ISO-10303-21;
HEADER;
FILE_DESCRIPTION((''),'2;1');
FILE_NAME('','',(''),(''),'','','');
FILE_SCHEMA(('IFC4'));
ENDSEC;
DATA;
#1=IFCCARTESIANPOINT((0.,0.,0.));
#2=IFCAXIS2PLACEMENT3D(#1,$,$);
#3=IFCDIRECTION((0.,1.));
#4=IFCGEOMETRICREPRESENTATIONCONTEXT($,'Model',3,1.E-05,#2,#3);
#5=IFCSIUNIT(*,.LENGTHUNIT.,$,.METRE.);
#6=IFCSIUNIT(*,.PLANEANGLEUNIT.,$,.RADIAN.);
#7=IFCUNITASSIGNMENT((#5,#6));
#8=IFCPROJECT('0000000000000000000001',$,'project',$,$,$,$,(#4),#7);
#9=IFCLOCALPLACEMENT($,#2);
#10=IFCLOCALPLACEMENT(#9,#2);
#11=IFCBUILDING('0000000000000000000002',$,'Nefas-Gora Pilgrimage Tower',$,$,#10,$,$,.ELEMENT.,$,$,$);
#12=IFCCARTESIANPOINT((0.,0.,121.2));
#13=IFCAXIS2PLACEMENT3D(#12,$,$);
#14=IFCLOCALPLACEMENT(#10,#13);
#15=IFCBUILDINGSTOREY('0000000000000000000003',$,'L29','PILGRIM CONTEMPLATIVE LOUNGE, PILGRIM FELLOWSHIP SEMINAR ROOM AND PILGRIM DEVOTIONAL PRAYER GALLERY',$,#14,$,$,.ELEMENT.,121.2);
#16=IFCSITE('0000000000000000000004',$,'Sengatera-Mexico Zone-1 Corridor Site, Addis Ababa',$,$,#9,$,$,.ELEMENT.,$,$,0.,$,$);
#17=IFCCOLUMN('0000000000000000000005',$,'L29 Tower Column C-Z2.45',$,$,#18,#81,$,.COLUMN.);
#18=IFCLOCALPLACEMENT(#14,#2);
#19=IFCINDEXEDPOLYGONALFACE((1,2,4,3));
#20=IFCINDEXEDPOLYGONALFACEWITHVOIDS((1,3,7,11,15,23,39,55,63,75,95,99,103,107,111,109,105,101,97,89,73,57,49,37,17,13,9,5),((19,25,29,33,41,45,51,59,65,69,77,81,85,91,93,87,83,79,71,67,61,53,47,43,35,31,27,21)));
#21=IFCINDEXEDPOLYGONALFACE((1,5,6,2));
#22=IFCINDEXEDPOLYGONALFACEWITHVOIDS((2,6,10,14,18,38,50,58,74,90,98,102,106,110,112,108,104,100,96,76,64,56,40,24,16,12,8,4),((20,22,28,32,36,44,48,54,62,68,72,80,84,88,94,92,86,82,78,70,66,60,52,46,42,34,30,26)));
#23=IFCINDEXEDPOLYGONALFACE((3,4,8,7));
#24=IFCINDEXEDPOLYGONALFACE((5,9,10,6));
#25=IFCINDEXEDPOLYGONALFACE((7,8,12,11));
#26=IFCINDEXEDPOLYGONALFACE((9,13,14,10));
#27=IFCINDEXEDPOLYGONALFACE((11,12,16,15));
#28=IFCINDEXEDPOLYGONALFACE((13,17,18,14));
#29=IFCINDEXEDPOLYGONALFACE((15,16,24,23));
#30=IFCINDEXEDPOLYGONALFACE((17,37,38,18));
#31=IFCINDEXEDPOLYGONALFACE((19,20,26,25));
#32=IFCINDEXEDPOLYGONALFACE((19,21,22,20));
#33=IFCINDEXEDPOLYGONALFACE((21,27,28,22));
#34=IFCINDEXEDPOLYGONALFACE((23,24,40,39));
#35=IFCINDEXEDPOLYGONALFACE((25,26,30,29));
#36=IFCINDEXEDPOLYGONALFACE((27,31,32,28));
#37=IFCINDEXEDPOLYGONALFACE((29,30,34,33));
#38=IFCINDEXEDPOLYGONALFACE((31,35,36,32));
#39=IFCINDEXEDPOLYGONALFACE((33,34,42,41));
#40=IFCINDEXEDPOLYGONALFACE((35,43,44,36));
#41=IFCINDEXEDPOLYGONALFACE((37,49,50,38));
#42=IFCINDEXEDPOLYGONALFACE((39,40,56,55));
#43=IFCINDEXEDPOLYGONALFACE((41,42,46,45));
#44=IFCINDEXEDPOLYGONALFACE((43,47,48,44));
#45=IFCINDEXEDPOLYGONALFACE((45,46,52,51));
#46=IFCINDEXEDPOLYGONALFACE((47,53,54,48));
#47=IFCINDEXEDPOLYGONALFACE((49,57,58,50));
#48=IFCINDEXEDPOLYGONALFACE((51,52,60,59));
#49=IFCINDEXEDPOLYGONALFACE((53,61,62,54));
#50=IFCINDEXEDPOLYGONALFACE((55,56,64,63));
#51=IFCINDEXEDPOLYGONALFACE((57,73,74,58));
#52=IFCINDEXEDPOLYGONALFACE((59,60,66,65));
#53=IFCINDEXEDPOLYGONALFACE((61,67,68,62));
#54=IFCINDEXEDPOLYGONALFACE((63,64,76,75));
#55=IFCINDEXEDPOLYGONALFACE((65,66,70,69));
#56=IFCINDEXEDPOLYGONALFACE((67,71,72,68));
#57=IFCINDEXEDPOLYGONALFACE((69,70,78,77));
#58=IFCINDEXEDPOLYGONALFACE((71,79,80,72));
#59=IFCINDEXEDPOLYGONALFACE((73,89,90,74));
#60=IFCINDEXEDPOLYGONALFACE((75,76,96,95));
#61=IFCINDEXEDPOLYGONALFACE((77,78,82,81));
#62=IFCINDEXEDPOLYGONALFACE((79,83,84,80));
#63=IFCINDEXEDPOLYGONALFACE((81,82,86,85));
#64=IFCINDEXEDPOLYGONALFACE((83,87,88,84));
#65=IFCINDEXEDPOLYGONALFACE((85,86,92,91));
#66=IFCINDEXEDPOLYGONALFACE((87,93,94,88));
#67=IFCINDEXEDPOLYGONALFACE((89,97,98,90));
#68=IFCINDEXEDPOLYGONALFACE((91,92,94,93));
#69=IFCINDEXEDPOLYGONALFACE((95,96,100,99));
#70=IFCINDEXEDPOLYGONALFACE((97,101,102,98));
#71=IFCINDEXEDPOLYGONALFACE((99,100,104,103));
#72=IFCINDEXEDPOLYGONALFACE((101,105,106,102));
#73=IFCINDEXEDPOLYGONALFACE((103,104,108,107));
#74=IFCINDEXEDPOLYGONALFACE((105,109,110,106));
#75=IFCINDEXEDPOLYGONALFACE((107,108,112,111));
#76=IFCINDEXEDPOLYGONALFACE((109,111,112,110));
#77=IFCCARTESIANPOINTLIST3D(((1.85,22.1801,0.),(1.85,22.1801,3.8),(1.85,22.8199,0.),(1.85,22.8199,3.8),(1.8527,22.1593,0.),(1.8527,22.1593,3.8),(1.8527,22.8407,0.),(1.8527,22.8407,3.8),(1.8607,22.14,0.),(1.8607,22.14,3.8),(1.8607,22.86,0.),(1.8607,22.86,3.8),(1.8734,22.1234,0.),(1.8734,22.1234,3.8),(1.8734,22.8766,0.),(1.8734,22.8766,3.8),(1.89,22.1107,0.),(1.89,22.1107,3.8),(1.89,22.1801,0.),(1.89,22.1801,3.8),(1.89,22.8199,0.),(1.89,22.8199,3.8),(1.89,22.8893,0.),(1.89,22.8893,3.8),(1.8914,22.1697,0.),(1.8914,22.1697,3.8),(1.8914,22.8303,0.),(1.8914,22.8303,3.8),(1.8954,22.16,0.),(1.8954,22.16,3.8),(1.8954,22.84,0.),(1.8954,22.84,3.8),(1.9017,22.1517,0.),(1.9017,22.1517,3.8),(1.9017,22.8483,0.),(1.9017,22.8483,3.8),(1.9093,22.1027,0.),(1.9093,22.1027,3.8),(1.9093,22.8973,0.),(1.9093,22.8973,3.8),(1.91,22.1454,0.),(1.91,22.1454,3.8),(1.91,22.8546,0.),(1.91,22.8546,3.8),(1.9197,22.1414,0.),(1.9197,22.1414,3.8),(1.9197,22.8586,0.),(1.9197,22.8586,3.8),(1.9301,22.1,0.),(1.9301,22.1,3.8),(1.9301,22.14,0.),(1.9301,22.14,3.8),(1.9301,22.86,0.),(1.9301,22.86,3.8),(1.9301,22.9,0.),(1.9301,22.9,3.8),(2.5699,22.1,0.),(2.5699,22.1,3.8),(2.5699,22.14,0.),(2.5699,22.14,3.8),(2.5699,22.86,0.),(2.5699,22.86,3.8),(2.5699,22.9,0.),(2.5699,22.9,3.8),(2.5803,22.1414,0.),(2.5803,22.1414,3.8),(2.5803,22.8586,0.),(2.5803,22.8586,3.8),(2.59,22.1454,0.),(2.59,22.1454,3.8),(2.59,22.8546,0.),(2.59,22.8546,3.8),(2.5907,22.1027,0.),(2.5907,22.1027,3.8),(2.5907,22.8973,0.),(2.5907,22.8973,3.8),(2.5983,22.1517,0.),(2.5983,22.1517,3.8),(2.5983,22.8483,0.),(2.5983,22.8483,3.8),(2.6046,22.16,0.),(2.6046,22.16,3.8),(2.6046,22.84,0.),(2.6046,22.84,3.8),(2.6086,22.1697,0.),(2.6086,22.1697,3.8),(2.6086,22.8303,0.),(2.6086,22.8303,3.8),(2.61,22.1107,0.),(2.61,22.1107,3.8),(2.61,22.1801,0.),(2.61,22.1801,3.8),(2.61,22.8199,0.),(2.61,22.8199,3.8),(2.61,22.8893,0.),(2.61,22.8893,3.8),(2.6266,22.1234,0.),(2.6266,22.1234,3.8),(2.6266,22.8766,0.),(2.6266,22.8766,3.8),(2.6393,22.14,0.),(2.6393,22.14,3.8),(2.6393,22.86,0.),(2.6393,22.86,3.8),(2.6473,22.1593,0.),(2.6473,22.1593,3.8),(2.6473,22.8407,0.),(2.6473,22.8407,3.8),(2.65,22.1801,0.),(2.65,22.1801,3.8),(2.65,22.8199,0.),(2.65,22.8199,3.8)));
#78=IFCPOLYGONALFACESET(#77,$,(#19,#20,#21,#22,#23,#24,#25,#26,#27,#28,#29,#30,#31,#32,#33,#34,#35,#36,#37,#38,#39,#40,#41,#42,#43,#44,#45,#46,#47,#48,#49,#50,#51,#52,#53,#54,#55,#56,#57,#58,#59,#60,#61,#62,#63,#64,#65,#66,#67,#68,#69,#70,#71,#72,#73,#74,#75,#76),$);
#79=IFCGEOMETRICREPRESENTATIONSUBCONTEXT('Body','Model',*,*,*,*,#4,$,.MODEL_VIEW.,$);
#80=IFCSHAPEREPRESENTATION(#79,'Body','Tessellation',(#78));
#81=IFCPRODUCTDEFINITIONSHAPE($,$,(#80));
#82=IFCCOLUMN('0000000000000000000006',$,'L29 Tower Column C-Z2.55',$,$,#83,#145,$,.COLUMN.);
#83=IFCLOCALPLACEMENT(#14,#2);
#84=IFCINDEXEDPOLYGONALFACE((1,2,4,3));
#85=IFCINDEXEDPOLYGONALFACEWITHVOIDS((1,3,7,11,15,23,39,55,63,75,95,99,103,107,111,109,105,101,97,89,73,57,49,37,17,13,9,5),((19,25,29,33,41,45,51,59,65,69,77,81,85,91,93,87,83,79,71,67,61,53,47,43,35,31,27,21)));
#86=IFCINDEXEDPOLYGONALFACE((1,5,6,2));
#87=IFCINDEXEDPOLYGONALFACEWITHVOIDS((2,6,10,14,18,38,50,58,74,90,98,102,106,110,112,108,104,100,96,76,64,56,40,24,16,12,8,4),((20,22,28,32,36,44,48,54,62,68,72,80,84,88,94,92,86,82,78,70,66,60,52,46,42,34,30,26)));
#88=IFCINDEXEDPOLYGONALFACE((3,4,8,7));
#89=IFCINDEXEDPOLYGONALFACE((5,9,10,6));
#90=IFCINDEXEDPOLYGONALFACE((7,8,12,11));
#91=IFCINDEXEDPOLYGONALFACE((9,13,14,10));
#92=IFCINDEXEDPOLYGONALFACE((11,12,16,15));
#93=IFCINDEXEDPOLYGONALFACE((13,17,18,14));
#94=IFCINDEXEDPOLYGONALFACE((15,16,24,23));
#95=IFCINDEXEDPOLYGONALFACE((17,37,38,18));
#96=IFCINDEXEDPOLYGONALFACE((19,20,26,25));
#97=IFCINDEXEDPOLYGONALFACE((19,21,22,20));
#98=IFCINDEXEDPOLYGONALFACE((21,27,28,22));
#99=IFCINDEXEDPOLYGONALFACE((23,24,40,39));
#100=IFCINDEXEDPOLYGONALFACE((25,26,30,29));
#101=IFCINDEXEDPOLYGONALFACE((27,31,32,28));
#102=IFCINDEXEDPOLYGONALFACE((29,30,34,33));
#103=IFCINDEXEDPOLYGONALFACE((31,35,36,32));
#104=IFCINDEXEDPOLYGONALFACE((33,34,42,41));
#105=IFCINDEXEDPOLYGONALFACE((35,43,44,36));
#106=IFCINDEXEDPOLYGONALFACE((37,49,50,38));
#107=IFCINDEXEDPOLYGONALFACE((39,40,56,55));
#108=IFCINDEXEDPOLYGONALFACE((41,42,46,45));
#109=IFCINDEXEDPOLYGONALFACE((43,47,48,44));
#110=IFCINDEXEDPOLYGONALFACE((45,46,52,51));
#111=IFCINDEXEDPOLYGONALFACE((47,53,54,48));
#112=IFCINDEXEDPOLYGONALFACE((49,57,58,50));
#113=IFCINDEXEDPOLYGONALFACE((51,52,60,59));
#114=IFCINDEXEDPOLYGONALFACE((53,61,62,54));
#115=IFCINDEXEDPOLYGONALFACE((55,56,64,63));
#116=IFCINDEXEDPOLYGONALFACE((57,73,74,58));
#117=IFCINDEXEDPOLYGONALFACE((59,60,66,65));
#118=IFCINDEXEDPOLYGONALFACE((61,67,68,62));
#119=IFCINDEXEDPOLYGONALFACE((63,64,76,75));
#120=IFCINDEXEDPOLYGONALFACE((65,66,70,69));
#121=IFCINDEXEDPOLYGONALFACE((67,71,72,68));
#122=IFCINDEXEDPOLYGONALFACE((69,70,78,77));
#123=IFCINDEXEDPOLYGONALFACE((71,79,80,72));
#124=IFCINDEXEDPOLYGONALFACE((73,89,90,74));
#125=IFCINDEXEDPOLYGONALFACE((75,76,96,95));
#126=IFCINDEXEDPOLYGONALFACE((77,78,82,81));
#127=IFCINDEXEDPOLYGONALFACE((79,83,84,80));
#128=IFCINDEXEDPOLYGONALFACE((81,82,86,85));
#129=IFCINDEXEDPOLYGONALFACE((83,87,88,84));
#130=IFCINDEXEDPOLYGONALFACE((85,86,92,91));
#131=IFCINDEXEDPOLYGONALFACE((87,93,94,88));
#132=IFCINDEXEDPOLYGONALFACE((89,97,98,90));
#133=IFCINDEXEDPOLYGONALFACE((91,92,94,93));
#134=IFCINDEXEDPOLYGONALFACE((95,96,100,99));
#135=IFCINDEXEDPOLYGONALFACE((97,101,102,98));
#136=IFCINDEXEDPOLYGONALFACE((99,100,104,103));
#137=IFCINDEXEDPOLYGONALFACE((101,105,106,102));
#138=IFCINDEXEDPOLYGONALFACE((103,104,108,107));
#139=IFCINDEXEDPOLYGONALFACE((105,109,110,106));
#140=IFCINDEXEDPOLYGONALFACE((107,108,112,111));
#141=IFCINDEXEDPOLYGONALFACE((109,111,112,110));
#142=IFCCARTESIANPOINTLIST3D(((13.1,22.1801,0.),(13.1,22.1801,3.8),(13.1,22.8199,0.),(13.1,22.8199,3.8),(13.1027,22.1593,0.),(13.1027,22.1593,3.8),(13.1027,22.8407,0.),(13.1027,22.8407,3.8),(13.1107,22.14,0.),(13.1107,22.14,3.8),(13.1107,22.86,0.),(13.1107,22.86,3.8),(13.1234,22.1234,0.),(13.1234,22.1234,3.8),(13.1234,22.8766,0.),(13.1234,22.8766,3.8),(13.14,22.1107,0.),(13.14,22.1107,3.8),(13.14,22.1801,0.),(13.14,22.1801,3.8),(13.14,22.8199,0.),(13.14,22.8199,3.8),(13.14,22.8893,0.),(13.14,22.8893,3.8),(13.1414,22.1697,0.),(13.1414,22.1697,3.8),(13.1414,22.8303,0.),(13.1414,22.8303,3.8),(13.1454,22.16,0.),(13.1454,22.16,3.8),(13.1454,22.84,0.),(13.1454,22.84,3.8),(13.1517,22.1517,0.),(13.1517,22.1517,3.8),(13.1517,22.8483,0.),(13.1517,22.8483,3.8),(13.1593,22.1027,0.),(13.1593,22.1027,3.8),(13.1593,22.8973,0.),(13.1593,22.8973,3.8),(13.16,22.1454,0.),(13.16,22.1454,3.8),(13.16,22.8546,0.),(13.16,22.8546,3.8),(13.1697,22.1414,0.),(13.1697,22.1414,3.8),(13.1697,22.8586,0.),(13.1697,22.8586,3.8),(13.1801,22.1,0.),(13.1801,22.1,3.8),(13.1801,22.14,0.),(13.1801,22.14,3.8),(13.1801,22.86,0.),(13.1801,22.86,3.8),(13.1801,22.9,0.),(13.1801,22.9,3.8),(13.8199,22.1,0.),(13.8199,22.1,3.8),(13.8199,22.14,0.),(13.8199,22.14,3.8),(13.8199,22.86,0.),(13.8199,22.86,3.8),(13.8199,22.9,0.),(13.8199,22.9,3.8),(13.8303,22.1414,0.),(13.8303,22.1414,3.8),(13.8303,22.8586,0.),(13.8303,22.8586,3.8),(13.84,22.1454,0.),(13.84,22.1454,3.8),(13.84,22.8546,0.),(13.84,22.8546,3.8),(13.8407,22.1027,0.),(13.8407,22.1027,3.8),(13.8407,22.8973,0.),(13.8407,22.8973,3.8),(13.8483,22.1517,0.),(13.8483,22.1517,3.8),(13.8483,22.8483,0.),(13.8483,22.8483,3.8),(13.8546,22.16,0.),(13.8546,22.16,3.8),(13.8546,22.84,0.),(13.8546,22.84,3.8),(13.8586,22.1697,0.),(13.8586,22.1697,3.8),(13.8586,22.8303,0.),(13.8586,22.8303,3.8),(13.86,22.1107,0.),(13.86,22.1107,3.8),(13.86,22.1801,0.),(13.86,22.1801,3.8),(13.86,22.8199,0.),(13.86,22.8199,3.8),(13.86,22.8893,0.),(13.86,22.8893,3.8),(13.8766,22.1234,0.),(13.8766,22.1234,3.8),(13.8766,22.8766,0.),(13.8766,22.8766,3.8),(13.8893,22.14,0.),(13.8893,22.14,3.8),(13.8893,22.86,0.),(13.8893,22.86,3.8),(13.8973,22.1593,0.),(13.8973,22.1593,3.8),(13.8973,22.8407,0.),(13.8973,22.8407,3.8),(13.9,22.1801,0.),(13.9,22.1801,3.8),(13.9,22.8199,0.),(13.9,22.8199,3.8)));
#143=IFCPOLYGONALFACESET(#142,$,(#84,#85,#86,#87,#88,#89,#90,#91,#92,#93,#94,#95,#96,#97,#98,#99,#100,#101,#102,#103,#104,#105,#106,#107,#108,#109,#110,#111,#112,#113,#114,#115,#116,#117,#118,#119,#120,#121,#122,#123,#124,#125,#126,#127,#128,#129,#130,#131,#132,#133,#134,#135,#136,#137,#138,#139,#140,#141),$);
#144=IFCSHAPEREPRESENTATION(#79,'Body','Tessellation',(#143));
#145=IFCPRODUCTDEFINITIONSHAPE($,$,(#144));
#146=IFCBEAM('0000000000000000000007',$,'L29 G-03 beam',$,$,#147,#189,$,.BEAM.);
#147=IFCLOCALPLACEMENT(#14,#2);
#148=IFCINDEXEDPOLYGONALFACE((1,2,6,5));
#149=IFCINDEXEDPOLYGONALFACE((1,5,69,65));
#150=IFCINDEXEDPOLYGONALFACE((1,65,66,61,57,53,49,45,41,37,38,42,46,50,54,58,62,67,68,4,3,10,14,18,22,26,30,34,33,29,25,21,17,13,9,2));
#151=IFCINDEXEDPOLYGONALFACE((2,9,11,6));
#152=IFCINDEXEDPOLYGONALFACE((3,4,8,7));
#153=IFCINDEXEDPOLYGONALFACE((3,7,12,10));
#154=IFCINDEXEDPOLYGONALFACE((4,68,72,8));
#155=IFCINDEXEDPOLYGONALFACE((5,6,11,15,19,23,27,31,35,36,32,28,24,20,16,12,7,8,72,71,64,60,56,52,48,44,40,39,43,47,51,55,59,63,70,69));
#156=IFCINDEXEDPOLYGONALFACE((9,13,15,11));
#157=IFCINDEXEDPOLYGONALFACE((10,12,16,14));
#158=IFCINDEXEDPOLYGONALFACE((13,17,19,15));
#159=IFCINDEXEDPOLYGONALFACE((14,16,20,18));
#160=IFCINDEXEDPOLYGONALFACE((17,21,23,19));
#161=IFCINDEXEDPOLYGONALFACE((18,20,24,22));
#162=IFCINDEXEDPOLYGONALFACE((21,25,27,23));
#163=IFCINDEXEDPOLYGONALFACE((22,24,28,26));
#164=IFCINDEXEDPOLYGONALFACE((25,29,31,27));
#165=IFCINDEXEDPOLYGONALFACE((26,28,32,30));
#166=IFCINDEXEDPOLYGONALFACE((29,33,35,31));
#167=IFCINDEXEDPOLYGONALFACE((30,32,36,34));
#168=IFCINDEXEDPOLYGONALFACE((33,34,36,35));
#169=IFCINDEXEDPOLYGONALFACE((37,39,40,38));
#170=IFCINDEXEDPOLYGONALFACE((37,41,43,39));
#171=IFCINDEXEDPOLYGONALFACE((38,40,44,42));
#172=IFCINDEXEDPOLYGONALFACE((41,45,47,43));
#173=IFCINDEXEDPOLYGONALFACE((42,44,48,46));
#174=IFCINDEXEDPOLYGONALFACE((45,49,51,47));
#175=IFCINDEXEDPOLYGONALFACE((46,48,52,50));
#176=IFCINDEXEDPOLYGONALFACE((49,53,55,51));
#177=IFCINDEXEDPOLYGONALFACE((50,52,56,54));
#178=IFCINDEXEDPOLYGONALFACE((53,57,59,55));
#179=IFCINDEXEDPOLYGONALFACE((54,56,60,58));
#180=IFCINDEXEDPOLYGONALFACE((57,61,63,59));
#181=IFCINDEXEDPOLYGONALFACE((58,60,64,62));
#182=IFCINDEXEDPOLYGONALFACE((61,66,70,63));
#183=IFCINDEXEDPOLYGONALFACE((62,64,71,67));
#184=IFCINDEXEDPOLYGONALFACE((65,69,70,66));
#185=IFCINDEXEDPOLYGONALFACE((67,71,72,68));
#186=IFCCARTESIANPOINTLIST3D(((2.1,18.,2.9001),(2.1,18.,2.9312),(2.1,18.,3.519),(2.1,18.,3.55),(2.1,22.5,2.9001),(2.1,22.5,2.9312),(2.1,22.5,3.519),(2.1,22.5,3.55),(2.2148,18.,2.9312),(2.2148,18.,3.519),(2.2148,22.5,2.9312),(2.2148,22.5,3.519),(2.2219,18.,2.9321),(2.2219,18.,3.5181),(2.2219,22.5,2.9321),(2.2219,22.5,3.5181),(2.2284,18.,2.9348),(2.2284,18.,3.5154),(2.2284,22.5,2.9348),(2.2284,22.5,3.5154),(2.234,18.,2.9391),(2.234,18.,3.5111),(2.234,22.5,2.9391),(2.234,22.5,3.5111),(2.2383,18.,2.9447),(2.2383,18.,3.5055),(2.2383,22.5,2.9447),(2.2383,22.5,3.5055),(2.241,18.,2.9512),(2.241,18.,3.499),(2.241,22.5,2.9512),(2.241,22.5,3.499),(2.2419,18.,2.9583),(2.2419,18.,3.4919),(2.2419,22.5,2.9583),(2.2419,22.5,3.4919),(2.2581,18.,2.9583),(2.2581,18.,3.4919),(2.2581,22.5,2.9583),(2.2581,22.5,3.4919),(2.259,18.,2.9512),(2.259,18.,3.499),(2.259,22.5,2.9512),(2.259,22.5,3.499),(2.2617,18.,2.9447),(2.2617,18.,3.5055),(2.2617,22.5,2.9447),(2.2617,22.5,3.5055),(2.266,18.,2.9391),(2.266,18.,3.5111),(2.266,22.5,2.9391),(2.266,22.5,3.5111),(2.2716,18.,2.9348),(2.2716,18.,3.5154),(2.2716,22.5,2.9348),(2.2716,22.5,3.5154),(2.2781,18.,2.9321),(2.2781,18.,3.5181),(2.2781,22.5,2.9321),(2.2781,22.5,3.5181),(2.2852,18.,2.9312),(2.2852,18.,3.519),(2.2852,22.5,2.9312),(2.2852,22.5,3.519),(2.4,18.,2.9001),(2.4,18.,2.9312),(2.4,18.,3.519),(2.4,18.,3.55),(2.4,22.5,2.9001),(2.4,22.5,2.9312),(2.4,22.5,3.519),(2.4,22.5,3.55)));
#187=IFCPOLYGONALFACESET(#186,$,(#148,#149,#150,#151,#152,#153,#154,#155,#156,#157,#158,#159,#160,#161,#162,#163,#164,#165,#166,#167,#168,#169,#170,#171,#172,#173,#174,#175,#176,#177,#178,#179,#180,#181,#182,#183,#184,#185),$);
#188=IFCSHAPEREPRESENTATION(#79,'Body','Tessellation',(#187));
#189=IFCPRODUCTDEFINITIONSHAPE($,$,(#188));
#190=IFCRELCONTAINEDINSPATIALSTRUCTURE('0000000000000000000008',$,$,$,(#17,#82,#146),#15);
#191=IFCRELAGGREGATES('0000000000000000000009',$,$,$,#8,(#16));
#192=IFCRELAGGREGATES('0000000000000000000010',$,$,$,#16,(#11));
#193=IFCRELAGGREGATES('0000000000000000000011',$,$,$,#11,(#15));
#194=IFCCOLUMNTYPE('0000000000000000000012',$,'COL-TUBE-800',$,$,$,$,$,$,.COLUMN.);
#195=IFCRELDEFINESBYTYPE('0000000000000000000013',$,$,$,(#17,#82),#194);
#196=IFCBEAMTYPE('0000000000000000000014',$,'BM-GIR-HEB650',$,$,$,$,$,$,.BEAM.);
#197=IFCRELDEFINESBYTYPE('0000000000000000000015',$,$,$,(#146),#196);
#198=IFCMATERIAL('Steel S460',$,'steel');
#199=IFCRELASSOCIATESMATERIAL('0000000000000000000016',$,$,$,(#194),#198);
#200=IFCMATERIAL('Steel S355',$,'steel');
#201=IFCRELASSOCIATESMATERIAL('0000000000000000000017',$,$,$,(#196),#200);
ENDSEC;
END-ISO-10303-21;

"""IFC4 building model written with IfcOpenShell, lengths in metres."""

from ifc_helpers import new_model, si_unit, direction, frame, origin, origin_2d, place, context, subcontext, project, spatial, hollow_rectangle, i_section, extrude, source, transform, mapped, material, material_profile, profile_set, type_object, element, save


model = new_model("IFC4")

# Units and contexts
model_context = context("Model", 3, precision=1e-05, world=origin(), true_north=direction((0.0, 1.0)))
body_context = subcontext(model_context, "Body", "Model", "MODEL_VIEW")
ifc_project = project(units=[si_unit("LENGTHUNIT", "METRE"), si_unit("PLANEANGLEUNIT", "RADIAN")], contexts=[model_context])

# Site, building, storey
site_placement = place(None, origin())
site = spatial("IfcSite", under=ifc_project, at=site_placement, Name="Sengatera-Mexico Zone-1 Corridor Site, Addis Ababa", CompositionType="ELEMENT", RefElevation=0.0)
building_placement = place(site_placement, origin())
building = spatial("IfcBuilding", under=site, at=building_placement, Name="Nefas-Gora Pilgrimage Tower", CompositionType="ELEMENT")
storey_placement = place(building_placement, frame((0.0, 0.0, 121.2)))
storey = spatial("IfcBuildingStorey", under=building, at=storey_placement, Name="L29", Description="PILGRIM CONTEMPLATIVE LOUNGE, PILGRIM FELLOWSHIP SEMINAR ROOM AND PILGRIM DEVOTIONAL PRAYER GALLERY", CompositionType="ELEMENT", Elevation=121.2)

# Columns
ifc_material_1 = material(Name="Steel S460", Category="steel")
ifc_material_profile_1 = material_profile(ifc_material_1, hollow_rectangle(XDim=0.8, YDim=0.8, WallThickness=0.04, InnerFilletRadius=0.04, OuterFilletRadius=0.0801, at=origin_2d()), Name="BOX 800x800x40")
ifc_profile_set_1 = profile_set([ifc_material_profile_1], Name="Steel S460")
column_type_1 = type_object("IfcColumnType", Name="COL-TUBE-800", PredefinedType="COLUMN", material=ifc_profile_set_1)
shared_shape_1 = source(origin(), body_context, "Body", "SweptSolid", [
    extrude(hollow_rectangle(XDim=0.8, YDim=0.8, WallThickness=0.04, InnerFilletRadius=0.04, OuterFilletRadius=0.0801, at=origin_2d()), origin(), (0.0, 0.0, 1.0), 3.8),
])
for number, where, z_axis, x_axis, name in (
    (1, (2.25, 22.5, 0.0), (0.0, 0.0, 1.0), (1.0, 0.0, 0.0), "L29 Tower Column C-Z2.45"),
    (2, (13.5, 22.5, 0.0), (0.0, 0.0, 1.0), (1.0, 0.0, 0.0), "L29 Tower Column C-Z2.55"),
):
    element("IfcColumn", number, at=place(storey_placement, frame(where, z_axis=z_axis, x_axis=x_axis)), inside=storey, type_object=column_type_1, Name=name, PredefinedType="COLUMN", context=body_context, shape_type="MappedRepresentation", body=[
        mapped(shared_shape_1, transform((0.0, 0.0, 0.0), x_axis=(1.0, 0.0, 0.0), y_axis=(0.0, 1.0, 0.0), z_axis=(0.0, 0.0, 1.0), scale=1.0)),
    ])

# Beam
ifc_material_2 = material(Name="Steel S355", Category="steel")
ifc_material_profile_2 = material_profile(ifc_material_2, i_section(OverallWidth=0.3, OverallDepth=0.6499, WebThickness=0.0161, FlangeThickness=0.031, FilletRadius=0.0271, at=origin_2d()), Name="HEB 650")
ifc_profile_set_2 = profile_set([ifc_material_profile_2], Name="Steel S355")
beam_type_1 = type_object("IfcBeamType", Name="BM-GIR-HEB650", PredefinedType="BEAM", material=ifc_profile_set_2)
shared_shape_2 = source(origin(), body_context, "Body", "SweptSolid", [
    extrude(i_section(OverallWidth=0.3, OverallDepth=0.6499, WebThickness=0.0161, FlangeThickness=0.031, FilletRadius=0.0271, at=origin_2d()), origin(), (0.0, 0.0, 1.0), 4.5),
])
for number, where, z_axis, x_axis, name in (
    (3, (2.25, 18.0, 3.2251), (0.0, 1.0, 0.0), (-1.0, 0.0, 0.0), "L29 G-03 beam"),
):
    element("IfcBeam", number, at=place(storey_placement, frame(where, z_axis=z_axis, x_axis=x_axis)), inside=storey, type_object=beam_type_1, Name=name, PredefinedType="BEAM", context=body_context, shape_type="MappedRepresentation", body=[
        mapped(shared_shape_2, transform((0.0, 0.0, 0.0), x_axis=(1.0, 0.0, 0.0), y_axis=(0.0, 1.0, 0.0), z_axis=(0.0, 0.0, 1.0), scale=1.0)),
    ])

save(model, "model.ifc")
